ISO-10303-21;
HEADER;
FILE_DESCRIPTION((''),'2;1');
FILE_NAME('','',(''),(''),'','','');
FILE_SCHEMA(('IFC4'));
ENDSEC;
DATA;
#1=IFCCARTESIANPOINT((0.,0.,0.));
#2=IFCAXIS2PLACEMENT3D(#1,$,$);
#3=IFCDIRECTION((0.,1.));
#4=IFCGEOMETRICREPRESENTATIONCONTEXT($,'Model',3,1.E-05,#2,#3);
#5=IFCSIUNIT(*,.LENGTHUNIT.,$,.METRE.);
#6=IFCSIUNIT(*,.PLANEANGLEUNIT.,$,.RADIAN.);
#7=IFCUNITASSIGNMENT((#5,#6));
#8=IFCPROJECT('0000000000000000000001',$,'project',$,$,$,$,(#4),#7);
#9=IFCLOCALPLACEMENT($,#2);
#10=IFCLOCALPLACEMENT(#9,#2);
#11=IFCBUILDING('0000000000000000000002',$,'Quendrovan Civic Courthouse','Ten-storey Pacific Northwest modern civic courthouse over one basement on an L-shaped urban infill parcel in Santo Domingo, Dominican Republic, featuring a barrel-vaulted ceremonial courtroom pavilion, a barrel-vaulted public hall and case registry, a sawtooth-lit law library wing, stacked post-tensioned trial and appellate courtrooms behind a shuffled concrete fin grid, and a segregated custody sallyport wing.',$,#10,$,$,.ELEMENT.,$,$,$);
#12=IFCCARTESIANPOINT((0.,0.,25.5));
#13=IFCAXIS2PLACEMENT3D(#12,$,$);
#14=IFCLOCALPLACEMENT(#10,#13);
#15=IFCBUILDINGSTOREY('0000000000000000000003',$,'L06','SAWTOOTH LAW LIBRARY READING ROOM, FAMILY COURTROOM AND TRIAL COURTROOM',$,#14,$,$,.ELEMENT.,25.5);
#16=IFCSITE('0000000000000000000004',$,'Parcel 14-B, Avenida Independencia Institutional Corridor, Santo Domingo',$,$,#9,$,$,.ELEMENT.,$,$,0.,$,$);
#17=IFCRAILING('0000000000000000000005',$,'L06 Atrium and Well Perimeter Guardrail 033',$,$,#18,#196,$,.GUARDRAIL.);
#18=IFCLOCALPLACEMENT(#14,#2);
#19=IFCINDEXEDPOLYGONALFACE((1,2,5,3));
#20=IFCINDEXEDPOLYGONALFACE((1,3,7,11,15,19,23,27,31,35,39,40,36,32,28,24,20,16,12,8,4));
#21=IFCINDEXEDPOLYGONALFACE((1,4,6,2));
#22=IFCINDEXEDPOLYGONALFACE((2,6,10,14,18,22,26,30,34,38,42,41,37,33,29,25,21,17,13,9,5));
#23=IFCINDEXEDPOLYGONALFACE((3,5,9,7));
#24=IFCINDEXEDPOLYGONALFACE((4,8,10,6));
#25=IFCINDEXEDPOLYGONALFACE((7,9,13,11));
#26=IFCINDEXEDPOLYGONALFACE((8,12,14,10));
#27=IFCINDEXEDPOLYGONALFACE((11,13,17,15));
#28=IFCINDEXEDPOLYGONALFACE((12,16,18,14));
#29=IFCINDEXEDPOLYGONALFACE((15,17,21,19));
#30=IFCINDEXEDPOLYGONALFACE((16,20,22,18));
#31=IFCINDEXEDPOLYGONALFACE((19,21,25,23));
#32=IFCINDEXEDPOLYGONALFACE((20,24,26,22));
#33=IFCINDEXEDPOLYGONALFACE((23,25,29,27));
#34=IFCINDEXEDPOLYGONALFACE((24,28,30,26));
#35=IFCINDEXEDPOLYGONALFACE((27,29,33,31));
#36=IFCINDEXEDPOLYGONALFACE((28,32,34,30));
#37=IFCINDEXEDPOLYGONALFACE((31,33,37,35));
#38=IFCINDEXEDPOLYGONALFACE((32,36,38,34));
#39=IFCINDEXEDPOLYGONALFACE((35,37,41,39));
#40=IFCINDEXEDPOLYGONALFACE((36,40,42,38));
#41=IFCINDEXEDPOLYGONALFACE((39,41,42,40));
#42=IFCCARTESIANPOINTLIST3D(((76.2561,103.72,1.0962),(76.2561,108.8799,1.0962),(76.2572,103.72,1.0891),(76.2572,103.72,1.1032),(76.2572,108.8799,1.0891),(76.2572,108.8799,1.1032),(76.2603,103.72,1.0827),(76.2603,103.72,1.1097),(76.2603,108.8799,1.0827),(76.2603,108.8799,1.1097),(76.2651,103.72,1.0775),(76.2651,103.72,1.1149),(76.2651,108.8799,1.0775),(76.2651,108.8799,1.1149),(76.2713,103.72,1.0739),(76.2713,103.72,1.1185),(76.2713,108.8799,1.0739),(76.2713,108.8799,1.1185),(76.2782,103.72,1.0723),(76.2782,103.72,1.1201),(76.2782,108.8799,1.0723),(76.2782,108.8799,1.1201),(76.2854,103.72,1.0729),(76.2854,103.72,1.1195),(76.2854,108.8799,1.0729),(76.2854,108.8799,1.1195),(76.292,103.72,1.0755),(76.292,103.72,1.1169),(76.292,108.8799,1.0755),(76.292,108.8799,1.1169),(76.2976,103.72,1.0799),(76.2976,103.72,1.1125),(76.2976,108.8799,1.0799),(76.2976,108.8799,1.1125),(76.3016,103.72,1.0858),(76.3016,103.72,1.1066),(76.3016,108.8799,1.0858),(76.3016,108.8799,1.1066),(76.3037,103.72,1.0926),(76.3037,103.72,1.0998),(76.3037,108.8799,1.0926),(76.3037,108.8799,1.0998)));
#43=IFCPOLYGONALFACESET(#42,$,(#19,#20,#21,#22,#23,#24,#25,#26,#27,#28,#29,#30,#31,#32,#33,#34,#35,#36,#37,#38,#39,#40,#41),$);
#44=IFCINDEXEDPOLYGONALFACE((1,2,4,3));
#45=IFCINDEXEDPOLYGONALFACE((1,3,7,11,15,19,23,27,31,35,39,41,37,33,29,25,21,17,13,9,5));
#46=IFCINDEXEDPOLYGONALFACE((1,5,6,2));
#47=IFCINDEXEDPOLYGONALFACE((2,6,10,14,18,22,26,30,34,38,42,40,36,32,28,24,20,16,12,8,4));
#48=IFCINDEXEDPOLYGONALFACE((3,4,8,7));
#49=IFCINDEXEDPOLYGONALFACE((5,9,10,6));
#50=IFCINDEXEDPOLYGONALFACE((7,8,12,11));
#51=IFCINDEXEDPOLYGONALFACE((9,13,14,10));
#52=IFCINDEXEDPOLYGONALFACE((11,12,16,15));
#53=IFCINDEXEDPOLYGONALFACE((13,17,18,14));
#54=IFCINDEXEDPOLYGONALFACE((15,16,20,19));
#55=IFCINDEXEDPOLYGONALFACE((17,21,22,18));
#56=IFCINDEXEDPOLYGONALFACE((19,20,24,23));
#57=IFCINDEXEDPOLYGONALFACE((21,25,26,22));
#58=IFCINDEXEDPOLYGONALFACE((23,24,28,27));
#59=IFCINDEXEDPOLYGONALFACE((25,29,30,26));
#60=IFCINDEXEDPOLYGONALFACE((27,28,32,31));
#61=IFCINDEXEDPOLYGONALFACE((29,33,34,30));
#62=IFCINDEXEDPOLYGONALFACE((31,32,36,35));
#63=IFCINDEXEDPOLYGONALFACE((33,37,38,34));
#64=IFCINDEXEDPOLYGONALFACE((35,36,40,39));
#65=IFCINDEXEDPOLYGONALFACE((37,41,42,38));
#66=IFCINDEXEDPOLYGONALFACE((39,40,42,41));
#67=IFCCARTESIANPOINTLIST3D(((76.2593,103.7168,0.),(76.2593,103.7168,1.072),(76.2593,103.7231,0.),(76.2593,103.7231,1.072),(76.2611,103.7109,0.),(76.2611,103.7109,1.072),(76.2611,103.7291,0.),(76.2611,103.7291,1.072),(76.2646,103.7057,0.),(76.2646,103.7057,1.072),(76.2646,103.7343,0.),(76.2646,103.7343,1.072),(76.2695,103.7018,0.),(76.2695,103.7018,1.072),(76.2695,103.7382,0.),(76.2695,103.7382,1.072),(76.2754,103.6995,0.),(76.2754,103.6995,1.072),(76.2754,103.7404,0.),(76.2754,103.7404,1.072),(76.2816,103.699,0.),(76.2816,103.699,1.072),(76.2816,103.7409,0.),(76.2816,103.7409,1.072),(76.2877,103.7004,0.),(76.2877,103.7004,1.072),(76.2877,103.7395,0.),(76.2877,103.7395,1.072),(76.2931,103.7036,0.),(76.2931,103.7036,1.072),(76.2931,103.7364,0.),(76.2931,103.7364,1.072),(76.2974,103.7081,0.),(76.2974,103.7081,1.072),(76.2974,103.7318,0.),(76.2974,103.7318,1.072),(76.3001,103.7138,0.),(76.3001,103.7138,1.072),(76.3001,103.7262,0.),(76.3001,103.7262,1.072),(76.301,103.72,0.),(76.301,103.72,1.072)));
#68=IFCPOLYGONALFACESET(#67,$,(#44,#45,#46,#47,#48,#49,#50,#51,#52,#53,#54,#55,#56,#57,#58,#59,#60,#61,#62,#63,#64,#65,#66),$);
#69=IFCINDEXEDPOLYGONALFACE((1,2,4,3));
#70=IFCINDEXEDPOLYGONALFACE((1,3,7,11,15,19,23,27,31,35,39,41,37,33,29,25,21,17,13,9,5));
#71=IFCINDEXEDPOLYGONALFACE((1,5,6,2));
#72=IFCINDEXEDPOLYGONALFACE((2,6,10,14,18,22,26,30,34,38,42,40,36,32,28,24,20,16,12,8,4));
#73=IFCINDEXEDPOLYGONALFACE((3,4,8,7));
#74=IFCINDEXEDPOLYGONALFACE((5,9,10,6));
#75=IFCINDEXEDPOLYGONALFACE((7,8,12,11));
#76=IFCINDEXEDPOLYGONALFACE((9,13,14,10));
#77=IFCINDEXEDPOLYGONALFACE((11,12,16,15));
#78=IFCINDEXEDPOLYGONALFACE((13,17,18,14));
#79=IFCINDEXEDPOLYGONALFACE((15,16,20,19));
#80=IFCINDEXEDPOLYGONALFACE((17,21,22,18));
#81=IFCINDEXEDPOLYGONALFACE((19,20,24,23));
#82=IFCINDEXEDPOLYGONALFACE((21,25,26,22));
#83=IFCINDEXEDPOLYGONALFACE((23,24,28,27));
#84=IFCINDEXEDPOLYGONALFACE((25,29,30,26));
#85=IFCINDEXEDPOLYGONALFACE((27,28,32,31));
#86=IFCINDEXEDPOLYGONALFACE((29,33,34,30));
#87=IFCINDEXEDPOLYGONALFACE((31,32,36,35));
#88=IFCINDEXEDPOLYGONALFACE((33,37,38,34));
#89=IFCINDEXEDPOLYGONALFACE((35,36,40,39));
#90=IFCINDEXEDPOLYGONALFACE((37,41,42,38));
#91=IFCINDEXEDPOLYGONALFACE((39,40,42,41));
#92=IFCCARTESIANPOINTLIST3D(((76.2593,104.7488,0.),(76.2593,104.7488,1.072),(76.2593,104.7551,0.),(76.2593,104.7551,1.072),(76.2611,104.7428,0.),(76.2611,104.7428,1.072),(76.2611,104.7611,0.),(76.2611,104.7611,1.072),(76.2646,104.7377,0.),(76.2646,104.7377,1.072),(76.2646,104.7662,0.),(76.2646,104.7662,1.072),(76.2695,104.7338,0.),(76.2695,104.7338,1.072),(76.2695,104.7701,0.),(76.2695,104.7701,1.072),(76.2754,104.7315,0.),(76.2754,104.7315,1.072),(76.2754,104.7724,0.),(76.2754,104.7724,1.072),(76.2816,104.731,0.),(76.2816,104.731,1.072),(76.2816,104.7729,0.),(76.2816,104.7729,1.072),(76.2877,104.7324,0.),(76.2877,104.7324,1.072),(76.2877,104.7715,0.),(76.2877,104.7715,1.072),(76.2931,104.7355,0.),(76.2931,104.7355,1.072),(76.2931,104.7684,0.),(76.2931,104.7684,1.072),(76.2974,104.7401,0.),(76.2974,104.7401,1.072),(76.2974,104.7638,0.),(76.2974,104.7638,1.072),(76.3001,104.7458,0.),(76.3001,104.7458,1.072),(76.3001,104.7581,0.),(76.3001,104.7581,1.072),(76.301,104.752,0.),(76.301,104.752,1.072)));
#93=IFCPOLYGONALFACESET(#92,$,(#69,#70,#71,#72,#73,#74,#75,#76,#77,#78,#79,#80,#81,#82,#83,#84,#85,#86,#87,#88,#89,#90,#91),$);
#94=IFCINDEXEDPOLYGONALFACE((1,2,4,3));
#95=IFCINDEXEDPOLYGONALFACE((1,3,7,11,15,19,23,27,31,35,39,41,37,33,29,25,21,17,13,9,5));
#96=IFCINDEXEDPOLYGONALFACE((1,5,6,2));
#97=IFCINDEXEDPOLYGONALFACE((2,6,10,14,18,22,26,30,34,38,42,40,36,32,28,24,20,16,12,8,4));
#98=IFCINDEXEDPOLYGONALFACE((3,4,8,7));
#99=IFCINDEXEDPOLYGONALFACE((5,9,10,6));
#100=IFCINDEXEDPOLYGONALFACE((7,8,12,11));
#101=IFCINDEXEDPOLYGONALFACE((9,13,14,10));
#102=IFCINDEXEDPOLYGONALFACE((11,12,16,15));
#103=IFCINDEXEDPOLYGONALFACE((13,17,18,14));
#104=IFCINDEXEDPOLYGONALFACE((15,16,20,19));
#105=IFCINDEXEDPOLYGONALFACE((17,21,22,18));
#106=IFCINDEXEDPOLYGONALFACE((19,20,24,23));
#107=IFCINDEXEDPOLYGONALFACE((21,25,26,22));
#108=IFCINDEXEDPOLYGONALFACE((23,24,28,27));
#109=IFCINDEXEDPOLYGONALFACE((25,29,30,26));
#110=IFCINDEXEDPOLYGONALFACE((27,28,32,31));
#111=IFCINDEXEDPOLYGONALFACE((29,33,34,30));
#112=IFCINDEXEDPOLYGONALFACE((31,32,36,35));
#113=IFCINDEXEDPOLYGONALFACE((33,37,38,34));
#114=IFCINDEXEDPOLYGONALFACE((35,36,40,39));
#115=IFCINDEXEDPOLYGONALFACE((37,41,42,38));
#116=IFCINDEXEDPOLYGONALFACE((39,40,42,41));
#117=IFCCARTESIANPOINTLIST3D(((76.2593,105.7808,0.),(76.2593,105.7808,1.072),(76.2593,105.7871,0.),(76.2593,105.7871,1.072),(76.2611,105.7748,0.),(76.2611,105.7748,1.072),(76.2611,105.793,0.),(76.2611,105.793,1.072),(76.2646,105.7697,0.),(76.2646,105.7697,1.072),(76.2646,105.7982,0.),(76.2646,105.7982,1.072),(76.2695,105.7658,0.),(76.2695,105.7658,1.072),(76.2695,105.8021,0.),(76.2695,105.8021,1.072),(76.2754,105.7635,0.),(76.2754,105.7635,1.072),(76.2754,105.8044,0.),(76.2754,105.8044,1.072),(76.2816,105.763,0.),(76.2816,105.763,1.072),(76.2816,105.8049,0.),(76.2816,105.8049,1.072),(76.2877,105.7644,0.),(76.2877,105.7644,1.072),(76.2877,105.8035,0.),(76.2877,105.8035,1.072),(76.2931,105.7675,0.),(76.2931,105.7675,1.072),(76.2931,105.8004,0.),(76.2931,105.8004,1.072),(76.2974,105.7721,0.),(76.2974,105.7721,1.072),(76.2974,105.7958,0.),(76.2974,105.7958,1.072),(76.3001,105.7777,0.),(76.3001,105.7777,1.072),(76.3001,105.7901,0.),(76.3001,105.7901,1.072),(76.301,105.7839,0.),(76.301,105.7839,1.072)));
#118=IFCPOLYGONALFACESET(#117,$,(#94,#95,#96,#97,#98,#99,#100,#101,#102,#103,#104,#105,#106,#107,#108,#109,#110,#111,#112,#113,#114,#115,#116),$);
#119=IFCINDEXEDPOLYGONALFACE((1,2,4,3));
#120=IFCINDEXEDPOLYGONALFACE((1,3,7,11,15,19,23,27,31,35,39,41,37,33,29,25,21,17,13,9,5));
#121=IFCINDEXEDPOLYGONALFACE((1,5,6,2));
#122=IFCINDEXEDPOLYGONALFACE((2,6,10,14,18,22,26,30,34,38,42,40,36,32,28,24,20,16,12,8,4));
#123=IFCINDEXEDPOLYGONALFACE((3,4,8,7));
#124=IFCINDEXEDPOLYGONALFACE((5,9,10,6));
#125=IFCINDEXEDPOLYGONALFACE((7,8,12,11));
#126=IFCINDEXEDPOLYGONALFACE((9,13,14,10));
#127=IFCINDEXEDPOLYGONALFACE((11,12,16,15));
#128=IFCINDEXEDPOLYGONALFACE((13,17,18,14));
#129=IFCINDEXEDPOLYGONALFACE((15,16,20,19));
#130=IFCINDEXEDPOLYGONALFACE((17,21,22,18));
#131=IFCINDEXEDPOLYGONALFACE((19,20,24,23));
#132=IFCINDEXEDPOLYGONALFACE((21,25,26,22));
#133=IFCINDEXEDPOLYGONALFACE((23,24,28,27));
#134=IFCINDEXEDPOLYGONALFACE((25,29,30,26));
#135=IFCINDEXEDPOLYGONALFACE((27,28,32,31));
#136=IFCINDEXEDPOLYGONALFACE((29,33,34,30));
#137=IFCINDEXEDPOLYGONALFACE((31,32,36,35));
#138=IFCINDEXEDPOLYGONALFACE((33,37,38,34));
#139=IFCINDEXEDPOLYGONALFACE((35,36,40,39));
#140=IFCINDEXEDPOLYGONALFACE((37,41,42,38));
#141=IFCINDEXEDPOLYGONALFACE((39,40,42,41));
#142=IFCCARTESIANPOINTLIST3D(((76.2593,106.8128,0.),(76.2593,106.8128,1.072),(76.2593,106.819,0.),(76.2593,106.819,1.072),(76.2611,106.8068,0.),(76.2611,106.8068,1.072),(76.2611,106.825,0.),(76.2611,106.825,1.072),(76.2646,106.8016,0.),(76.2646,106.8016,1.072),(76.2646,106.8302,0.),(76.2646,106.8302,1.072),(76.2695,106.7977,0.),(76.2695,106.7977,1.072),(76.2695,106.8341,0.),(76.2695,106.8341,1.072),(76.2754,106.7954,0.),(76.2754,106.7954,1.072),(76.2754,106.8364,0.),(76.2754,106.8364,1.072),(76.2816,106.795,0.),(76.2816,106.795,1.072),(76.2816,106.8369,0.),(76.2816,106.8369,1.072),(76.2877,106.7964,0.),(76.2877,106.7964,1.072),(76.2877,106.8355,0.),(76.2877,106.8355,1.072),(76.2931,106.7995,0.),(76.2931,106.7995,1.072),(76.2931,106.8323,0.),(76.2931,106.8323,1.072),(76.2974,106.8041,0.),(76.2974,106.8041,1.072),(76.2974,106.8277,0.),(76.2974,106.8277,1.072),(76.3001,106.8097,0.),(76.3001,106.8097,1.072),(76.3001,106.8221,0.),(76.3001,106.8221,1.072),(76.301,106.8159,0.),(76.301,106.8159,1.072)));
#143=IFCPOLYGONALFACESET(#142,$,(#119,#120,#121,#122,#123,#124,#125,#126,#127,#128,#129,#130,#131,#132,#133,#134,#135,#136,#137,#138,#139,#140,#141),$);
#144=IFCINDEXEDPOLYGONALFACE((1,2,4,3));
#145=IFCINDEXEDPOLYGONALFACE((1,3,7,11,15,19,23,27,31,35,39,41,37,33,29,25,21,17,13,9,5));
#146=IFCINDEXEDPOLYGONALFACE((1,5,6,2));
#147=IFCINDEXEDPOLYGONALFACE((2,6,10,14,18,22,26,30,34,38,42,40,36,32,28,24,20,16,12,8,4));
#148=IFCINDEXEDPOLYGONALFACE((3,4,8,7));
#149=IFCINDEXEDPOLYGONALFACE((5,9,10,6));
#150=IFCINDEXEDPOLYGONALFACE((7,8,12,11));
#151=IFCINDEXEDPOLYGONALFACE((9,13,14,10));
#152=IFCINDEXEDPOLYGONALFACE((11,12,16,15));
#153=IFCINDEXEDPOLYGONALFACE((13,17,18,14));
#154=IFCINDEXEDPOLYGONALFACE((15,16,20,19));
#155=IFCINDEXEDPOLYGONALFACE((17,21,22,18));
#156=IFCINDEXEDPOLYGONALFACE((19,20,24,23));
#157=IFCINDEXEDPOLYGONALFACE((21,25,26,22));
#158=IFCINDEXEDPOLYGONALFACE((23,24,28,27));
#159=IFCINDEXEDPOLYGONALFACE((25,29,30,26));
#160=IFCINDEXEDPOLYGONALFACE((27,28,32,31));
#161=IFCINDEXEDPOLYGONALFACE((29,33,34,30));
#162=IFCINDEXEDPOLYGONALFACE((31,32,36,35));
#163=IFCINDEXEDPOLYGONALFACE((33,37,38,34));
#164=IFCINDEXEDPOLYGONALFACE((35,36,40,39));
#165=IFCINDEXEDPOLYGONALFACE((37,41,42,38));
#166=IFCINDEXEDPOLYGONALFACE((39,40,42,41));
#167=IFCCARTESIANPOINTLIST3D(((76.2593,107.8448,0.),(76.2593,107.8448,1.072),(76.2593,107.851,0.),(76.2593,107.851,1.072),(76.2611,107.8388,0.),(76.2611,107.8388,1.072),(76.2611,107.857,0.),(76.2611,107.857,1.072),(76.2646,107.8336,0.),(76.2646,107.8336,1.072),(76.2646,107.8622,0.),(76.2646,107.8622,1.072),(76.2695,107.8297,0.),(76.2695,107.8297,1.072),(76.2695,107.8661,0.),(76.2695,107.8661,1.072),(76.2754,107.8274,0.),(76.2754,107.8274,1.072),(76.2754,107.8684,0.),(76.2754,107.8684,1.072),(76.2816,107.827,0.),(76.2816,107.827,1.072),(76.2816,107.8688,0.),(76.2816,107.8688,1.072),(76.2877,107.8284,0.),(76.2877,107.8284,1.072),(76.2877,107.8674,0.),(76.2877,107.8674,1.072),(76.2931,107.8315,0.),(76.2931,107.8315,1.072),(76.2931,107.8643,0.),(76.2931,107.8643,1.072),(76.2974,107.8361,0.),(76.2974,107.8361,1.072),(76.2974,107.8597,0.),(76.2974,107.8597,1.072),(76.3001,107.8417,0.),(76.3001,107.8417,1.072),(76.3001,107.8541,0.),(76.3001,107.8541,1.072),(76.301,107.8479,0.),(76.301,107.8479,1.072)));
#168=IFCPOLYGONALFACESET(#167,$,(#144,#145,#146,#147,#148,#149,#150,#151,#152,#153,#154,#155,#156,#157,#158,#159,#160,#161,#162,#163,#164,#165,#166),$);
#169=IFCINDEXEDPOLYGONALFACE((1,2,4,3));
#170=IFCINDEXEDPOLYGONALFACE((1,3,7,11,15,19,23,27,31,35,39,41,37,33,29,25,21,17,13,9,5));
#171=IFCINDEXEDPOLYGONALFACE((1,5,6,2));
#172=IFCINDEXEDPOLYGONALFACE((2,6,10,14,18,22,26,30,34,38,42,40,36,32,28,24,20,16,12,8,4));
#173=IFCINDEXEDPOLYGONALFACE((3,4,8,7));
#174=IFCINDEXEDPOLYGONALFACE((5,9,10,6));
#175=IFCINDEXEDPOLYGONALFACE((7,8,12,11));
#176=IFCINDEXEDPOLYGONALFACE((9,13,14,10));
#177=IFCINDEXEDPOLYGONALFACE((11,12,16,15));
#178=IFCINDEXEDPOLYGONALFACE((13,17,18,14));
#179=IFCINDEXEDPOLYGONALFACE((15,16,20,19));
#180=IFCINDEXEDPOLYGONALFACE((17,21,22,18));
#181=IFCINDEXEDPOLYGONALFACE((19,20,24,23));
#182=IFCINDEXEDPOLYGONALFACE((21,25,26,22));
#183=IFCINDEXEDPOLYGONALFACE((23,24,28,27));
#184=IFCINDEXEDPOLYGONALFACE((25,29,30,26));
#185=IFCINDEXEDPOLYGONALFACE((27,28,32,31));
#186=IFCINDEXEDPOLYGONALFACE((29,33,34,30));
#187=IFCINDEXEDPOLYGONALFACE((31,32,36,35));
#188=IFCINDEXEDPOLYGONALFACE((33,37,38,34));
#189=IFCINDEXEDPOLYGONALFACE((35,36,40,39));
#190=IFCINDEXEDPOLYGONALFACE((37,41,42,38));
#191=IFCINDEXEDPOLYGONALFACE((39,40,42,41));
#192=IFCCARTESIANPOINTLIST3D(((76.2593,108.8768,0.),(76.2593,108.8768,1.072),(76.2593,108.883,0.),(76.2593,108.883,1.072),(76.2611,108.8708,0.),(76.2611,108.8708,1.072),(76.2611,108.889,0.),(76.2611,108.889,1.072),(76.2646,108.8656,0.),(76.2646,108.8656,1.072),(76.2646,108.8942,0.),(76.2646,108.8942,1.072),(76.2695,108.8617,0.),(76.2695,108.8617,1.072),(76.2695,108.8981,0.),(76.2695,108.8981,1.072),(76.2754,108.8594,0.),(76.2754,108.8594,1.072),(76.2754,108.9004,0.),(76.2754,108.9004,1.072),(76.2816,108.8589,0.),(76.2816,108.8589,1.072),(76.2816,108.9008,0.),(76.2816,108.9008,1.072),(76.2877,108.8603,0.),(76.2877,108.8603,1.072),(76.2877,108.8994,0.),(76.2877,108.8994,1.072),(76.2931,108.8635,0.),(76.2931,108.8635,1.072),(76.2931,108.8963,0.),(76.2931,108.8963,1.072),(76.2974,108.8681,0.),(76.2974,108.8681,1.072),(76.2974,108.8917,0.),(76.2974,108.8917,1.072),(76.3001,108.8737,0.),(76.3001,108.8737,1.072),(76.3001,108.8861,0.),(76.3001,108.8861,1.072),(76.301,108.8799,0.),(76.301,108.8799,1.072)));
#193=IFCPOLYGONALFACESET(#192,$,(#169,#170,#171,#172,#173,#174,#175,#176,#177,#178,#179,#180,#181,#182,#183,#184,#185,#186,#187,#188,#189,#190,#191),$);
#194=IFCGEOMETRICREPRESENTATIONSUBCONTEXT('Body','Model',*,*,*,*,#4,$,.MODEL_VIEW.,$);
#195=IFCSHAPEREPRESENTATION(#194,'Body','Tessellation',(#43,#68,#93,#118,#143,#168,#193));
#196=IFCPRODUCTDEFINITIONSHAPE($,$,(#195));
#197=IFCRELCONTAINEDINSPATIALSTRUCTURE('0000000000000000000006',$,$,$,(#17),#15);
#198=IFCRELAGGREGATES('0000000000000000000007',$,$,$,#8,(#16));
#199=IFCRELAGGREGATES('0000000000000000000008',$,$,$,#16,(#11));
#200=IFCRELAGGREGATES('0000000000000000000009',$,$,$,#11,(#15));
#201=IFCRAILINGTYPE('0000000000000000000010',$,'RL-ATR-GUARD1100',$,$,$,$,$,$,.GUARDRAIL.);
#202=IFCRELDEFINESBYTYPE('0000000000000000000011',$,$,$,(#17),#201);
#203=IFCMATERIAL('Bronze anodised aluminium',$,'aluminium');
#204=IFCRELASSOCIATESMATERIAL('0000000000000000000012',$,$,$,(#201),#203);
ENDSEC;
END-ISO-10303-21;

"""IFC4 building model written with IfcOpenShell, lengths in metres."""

from ifc_helpers import new_model, si_unit, direction, frame, origin, origin_2d, place, context, subcontext, project, spatial, circle, extrude, material, type_object, element, save


model = new_model("IFC4")

# Units and contexts
model_context = context("Model", 3, precision=1e-05, world=origin(), true_north=direction((0.0, 1.0)))
body_context = subcontext(model_context, "Body", "Model", "MODEL_VIEW")
ifc_project = project(units=[si_unit("LENGTHUNIT", "METRE"), si_unit("PLANEANGLEUNIT", "RADIAN")], contexts=[model_context])

# Site, building, storey
site_placement = place(None, origin())
site = spatial("IfcSite", under=ifc_project, at=site_placement, Name="Parcel 14-B, Avenida Independencia Institutional Corridor, Santo Domingo", CompositionType="ELEMENT", RefElevation=0.0)
building_placement = place(site_placement, origin())
building = spatial("IfcBuilding", under=site, at=building_placement, Name="Quendrovan Civic Courthouse", Description="Ten-storey Pacific Northwest modern civic courthouse over one basement on an L-shaped urban infill parcel in Santo Domingo, Dominican Republic, featuring a barrel-vaulted ceremonial courtroom pavilion, a barrel-vaulted public hall and case registry, a sawtooth-lit law library wing, stacked post-tensioned trial and appellate courtrooms behind a shuffled concrete fin grid, and a segregated custody sallyport wing.", CompositionType="ELEMENT")
storey_placement = place(building_placement, frame((0.0, 0.0, 25.5)))
storey = spatial("IfcBuildingStorey", under=building, at=storey_placement, Name="L06", Description="SAWTOOTH LAW LIBRARY READING ROOM, FAMILY COURTROOM AND TRIAL COURTROOM", CompositionType="ELEMENT", Elevation=25.5)

# Railing
ifc_material_1 = material(Name="Bronze anodised aluminium", Category="aluminium")
railing_type = type_object("IfcRailingType", Name="RL-ATR-GUARD1100", PredefinedType="GUARDRAIL", material=ifc_material_1)
railing_1_placement = place(storey_placement, frame((76.28, 103.72, 0.0)))
element("IfcRailing", 1, at=railing_1_placement, inside=storey, type_object=railing_type, Name="L06 Atrium and Well Perimeter Guardrail 033", PredefinedType="GUARDRAIL", context=body_context, shape_type="SweptSolid", body=[
    extrude(circle(Radius=0.0239, at=origin_2d()), frame((0.0, 0.0, 1.0962), z_axis=(0.0, 1.0, 0.0), x_axis=(-1.0, 0.0, 0.0)), (0.0, 0.0, 1.0), 5.1599),
    extrude(circle(Radius=0.021, at=origin_2d()), origin(), (0.0, 0.0, 1.0), 1.072),
    extrude(circle(Radius=0.021, at=origin_2d()), frame((0.0, 1.032, 0.0)), (0.0, 0.0, 1.0), 1.072),
    extrude(circle(Radius=0.021, at=origin_2d()), frame((0.0, 2.064, 0.0)), (0.0, 0.0, 1.0), 1.072),
    extrude(circle(Radius=0.021, at=origin_2d()), frame((0.0, 3.0959, 0.0)), (0.0, 0.0, 1.0), 1.072),
    extrude(circle(Radius=0.021, at=origin_2d()), frame((0.0, 4.1279, 0.0)), (0.0, 0.0, 1.0), 1.072),
    extrude(circle(Radius=0.021, at=origin_2d()), frame((0.0, 5.1599, 0.0)), (0.0, 0.0, 1.0), 1.072),
])

save(model, "model.ifc")
